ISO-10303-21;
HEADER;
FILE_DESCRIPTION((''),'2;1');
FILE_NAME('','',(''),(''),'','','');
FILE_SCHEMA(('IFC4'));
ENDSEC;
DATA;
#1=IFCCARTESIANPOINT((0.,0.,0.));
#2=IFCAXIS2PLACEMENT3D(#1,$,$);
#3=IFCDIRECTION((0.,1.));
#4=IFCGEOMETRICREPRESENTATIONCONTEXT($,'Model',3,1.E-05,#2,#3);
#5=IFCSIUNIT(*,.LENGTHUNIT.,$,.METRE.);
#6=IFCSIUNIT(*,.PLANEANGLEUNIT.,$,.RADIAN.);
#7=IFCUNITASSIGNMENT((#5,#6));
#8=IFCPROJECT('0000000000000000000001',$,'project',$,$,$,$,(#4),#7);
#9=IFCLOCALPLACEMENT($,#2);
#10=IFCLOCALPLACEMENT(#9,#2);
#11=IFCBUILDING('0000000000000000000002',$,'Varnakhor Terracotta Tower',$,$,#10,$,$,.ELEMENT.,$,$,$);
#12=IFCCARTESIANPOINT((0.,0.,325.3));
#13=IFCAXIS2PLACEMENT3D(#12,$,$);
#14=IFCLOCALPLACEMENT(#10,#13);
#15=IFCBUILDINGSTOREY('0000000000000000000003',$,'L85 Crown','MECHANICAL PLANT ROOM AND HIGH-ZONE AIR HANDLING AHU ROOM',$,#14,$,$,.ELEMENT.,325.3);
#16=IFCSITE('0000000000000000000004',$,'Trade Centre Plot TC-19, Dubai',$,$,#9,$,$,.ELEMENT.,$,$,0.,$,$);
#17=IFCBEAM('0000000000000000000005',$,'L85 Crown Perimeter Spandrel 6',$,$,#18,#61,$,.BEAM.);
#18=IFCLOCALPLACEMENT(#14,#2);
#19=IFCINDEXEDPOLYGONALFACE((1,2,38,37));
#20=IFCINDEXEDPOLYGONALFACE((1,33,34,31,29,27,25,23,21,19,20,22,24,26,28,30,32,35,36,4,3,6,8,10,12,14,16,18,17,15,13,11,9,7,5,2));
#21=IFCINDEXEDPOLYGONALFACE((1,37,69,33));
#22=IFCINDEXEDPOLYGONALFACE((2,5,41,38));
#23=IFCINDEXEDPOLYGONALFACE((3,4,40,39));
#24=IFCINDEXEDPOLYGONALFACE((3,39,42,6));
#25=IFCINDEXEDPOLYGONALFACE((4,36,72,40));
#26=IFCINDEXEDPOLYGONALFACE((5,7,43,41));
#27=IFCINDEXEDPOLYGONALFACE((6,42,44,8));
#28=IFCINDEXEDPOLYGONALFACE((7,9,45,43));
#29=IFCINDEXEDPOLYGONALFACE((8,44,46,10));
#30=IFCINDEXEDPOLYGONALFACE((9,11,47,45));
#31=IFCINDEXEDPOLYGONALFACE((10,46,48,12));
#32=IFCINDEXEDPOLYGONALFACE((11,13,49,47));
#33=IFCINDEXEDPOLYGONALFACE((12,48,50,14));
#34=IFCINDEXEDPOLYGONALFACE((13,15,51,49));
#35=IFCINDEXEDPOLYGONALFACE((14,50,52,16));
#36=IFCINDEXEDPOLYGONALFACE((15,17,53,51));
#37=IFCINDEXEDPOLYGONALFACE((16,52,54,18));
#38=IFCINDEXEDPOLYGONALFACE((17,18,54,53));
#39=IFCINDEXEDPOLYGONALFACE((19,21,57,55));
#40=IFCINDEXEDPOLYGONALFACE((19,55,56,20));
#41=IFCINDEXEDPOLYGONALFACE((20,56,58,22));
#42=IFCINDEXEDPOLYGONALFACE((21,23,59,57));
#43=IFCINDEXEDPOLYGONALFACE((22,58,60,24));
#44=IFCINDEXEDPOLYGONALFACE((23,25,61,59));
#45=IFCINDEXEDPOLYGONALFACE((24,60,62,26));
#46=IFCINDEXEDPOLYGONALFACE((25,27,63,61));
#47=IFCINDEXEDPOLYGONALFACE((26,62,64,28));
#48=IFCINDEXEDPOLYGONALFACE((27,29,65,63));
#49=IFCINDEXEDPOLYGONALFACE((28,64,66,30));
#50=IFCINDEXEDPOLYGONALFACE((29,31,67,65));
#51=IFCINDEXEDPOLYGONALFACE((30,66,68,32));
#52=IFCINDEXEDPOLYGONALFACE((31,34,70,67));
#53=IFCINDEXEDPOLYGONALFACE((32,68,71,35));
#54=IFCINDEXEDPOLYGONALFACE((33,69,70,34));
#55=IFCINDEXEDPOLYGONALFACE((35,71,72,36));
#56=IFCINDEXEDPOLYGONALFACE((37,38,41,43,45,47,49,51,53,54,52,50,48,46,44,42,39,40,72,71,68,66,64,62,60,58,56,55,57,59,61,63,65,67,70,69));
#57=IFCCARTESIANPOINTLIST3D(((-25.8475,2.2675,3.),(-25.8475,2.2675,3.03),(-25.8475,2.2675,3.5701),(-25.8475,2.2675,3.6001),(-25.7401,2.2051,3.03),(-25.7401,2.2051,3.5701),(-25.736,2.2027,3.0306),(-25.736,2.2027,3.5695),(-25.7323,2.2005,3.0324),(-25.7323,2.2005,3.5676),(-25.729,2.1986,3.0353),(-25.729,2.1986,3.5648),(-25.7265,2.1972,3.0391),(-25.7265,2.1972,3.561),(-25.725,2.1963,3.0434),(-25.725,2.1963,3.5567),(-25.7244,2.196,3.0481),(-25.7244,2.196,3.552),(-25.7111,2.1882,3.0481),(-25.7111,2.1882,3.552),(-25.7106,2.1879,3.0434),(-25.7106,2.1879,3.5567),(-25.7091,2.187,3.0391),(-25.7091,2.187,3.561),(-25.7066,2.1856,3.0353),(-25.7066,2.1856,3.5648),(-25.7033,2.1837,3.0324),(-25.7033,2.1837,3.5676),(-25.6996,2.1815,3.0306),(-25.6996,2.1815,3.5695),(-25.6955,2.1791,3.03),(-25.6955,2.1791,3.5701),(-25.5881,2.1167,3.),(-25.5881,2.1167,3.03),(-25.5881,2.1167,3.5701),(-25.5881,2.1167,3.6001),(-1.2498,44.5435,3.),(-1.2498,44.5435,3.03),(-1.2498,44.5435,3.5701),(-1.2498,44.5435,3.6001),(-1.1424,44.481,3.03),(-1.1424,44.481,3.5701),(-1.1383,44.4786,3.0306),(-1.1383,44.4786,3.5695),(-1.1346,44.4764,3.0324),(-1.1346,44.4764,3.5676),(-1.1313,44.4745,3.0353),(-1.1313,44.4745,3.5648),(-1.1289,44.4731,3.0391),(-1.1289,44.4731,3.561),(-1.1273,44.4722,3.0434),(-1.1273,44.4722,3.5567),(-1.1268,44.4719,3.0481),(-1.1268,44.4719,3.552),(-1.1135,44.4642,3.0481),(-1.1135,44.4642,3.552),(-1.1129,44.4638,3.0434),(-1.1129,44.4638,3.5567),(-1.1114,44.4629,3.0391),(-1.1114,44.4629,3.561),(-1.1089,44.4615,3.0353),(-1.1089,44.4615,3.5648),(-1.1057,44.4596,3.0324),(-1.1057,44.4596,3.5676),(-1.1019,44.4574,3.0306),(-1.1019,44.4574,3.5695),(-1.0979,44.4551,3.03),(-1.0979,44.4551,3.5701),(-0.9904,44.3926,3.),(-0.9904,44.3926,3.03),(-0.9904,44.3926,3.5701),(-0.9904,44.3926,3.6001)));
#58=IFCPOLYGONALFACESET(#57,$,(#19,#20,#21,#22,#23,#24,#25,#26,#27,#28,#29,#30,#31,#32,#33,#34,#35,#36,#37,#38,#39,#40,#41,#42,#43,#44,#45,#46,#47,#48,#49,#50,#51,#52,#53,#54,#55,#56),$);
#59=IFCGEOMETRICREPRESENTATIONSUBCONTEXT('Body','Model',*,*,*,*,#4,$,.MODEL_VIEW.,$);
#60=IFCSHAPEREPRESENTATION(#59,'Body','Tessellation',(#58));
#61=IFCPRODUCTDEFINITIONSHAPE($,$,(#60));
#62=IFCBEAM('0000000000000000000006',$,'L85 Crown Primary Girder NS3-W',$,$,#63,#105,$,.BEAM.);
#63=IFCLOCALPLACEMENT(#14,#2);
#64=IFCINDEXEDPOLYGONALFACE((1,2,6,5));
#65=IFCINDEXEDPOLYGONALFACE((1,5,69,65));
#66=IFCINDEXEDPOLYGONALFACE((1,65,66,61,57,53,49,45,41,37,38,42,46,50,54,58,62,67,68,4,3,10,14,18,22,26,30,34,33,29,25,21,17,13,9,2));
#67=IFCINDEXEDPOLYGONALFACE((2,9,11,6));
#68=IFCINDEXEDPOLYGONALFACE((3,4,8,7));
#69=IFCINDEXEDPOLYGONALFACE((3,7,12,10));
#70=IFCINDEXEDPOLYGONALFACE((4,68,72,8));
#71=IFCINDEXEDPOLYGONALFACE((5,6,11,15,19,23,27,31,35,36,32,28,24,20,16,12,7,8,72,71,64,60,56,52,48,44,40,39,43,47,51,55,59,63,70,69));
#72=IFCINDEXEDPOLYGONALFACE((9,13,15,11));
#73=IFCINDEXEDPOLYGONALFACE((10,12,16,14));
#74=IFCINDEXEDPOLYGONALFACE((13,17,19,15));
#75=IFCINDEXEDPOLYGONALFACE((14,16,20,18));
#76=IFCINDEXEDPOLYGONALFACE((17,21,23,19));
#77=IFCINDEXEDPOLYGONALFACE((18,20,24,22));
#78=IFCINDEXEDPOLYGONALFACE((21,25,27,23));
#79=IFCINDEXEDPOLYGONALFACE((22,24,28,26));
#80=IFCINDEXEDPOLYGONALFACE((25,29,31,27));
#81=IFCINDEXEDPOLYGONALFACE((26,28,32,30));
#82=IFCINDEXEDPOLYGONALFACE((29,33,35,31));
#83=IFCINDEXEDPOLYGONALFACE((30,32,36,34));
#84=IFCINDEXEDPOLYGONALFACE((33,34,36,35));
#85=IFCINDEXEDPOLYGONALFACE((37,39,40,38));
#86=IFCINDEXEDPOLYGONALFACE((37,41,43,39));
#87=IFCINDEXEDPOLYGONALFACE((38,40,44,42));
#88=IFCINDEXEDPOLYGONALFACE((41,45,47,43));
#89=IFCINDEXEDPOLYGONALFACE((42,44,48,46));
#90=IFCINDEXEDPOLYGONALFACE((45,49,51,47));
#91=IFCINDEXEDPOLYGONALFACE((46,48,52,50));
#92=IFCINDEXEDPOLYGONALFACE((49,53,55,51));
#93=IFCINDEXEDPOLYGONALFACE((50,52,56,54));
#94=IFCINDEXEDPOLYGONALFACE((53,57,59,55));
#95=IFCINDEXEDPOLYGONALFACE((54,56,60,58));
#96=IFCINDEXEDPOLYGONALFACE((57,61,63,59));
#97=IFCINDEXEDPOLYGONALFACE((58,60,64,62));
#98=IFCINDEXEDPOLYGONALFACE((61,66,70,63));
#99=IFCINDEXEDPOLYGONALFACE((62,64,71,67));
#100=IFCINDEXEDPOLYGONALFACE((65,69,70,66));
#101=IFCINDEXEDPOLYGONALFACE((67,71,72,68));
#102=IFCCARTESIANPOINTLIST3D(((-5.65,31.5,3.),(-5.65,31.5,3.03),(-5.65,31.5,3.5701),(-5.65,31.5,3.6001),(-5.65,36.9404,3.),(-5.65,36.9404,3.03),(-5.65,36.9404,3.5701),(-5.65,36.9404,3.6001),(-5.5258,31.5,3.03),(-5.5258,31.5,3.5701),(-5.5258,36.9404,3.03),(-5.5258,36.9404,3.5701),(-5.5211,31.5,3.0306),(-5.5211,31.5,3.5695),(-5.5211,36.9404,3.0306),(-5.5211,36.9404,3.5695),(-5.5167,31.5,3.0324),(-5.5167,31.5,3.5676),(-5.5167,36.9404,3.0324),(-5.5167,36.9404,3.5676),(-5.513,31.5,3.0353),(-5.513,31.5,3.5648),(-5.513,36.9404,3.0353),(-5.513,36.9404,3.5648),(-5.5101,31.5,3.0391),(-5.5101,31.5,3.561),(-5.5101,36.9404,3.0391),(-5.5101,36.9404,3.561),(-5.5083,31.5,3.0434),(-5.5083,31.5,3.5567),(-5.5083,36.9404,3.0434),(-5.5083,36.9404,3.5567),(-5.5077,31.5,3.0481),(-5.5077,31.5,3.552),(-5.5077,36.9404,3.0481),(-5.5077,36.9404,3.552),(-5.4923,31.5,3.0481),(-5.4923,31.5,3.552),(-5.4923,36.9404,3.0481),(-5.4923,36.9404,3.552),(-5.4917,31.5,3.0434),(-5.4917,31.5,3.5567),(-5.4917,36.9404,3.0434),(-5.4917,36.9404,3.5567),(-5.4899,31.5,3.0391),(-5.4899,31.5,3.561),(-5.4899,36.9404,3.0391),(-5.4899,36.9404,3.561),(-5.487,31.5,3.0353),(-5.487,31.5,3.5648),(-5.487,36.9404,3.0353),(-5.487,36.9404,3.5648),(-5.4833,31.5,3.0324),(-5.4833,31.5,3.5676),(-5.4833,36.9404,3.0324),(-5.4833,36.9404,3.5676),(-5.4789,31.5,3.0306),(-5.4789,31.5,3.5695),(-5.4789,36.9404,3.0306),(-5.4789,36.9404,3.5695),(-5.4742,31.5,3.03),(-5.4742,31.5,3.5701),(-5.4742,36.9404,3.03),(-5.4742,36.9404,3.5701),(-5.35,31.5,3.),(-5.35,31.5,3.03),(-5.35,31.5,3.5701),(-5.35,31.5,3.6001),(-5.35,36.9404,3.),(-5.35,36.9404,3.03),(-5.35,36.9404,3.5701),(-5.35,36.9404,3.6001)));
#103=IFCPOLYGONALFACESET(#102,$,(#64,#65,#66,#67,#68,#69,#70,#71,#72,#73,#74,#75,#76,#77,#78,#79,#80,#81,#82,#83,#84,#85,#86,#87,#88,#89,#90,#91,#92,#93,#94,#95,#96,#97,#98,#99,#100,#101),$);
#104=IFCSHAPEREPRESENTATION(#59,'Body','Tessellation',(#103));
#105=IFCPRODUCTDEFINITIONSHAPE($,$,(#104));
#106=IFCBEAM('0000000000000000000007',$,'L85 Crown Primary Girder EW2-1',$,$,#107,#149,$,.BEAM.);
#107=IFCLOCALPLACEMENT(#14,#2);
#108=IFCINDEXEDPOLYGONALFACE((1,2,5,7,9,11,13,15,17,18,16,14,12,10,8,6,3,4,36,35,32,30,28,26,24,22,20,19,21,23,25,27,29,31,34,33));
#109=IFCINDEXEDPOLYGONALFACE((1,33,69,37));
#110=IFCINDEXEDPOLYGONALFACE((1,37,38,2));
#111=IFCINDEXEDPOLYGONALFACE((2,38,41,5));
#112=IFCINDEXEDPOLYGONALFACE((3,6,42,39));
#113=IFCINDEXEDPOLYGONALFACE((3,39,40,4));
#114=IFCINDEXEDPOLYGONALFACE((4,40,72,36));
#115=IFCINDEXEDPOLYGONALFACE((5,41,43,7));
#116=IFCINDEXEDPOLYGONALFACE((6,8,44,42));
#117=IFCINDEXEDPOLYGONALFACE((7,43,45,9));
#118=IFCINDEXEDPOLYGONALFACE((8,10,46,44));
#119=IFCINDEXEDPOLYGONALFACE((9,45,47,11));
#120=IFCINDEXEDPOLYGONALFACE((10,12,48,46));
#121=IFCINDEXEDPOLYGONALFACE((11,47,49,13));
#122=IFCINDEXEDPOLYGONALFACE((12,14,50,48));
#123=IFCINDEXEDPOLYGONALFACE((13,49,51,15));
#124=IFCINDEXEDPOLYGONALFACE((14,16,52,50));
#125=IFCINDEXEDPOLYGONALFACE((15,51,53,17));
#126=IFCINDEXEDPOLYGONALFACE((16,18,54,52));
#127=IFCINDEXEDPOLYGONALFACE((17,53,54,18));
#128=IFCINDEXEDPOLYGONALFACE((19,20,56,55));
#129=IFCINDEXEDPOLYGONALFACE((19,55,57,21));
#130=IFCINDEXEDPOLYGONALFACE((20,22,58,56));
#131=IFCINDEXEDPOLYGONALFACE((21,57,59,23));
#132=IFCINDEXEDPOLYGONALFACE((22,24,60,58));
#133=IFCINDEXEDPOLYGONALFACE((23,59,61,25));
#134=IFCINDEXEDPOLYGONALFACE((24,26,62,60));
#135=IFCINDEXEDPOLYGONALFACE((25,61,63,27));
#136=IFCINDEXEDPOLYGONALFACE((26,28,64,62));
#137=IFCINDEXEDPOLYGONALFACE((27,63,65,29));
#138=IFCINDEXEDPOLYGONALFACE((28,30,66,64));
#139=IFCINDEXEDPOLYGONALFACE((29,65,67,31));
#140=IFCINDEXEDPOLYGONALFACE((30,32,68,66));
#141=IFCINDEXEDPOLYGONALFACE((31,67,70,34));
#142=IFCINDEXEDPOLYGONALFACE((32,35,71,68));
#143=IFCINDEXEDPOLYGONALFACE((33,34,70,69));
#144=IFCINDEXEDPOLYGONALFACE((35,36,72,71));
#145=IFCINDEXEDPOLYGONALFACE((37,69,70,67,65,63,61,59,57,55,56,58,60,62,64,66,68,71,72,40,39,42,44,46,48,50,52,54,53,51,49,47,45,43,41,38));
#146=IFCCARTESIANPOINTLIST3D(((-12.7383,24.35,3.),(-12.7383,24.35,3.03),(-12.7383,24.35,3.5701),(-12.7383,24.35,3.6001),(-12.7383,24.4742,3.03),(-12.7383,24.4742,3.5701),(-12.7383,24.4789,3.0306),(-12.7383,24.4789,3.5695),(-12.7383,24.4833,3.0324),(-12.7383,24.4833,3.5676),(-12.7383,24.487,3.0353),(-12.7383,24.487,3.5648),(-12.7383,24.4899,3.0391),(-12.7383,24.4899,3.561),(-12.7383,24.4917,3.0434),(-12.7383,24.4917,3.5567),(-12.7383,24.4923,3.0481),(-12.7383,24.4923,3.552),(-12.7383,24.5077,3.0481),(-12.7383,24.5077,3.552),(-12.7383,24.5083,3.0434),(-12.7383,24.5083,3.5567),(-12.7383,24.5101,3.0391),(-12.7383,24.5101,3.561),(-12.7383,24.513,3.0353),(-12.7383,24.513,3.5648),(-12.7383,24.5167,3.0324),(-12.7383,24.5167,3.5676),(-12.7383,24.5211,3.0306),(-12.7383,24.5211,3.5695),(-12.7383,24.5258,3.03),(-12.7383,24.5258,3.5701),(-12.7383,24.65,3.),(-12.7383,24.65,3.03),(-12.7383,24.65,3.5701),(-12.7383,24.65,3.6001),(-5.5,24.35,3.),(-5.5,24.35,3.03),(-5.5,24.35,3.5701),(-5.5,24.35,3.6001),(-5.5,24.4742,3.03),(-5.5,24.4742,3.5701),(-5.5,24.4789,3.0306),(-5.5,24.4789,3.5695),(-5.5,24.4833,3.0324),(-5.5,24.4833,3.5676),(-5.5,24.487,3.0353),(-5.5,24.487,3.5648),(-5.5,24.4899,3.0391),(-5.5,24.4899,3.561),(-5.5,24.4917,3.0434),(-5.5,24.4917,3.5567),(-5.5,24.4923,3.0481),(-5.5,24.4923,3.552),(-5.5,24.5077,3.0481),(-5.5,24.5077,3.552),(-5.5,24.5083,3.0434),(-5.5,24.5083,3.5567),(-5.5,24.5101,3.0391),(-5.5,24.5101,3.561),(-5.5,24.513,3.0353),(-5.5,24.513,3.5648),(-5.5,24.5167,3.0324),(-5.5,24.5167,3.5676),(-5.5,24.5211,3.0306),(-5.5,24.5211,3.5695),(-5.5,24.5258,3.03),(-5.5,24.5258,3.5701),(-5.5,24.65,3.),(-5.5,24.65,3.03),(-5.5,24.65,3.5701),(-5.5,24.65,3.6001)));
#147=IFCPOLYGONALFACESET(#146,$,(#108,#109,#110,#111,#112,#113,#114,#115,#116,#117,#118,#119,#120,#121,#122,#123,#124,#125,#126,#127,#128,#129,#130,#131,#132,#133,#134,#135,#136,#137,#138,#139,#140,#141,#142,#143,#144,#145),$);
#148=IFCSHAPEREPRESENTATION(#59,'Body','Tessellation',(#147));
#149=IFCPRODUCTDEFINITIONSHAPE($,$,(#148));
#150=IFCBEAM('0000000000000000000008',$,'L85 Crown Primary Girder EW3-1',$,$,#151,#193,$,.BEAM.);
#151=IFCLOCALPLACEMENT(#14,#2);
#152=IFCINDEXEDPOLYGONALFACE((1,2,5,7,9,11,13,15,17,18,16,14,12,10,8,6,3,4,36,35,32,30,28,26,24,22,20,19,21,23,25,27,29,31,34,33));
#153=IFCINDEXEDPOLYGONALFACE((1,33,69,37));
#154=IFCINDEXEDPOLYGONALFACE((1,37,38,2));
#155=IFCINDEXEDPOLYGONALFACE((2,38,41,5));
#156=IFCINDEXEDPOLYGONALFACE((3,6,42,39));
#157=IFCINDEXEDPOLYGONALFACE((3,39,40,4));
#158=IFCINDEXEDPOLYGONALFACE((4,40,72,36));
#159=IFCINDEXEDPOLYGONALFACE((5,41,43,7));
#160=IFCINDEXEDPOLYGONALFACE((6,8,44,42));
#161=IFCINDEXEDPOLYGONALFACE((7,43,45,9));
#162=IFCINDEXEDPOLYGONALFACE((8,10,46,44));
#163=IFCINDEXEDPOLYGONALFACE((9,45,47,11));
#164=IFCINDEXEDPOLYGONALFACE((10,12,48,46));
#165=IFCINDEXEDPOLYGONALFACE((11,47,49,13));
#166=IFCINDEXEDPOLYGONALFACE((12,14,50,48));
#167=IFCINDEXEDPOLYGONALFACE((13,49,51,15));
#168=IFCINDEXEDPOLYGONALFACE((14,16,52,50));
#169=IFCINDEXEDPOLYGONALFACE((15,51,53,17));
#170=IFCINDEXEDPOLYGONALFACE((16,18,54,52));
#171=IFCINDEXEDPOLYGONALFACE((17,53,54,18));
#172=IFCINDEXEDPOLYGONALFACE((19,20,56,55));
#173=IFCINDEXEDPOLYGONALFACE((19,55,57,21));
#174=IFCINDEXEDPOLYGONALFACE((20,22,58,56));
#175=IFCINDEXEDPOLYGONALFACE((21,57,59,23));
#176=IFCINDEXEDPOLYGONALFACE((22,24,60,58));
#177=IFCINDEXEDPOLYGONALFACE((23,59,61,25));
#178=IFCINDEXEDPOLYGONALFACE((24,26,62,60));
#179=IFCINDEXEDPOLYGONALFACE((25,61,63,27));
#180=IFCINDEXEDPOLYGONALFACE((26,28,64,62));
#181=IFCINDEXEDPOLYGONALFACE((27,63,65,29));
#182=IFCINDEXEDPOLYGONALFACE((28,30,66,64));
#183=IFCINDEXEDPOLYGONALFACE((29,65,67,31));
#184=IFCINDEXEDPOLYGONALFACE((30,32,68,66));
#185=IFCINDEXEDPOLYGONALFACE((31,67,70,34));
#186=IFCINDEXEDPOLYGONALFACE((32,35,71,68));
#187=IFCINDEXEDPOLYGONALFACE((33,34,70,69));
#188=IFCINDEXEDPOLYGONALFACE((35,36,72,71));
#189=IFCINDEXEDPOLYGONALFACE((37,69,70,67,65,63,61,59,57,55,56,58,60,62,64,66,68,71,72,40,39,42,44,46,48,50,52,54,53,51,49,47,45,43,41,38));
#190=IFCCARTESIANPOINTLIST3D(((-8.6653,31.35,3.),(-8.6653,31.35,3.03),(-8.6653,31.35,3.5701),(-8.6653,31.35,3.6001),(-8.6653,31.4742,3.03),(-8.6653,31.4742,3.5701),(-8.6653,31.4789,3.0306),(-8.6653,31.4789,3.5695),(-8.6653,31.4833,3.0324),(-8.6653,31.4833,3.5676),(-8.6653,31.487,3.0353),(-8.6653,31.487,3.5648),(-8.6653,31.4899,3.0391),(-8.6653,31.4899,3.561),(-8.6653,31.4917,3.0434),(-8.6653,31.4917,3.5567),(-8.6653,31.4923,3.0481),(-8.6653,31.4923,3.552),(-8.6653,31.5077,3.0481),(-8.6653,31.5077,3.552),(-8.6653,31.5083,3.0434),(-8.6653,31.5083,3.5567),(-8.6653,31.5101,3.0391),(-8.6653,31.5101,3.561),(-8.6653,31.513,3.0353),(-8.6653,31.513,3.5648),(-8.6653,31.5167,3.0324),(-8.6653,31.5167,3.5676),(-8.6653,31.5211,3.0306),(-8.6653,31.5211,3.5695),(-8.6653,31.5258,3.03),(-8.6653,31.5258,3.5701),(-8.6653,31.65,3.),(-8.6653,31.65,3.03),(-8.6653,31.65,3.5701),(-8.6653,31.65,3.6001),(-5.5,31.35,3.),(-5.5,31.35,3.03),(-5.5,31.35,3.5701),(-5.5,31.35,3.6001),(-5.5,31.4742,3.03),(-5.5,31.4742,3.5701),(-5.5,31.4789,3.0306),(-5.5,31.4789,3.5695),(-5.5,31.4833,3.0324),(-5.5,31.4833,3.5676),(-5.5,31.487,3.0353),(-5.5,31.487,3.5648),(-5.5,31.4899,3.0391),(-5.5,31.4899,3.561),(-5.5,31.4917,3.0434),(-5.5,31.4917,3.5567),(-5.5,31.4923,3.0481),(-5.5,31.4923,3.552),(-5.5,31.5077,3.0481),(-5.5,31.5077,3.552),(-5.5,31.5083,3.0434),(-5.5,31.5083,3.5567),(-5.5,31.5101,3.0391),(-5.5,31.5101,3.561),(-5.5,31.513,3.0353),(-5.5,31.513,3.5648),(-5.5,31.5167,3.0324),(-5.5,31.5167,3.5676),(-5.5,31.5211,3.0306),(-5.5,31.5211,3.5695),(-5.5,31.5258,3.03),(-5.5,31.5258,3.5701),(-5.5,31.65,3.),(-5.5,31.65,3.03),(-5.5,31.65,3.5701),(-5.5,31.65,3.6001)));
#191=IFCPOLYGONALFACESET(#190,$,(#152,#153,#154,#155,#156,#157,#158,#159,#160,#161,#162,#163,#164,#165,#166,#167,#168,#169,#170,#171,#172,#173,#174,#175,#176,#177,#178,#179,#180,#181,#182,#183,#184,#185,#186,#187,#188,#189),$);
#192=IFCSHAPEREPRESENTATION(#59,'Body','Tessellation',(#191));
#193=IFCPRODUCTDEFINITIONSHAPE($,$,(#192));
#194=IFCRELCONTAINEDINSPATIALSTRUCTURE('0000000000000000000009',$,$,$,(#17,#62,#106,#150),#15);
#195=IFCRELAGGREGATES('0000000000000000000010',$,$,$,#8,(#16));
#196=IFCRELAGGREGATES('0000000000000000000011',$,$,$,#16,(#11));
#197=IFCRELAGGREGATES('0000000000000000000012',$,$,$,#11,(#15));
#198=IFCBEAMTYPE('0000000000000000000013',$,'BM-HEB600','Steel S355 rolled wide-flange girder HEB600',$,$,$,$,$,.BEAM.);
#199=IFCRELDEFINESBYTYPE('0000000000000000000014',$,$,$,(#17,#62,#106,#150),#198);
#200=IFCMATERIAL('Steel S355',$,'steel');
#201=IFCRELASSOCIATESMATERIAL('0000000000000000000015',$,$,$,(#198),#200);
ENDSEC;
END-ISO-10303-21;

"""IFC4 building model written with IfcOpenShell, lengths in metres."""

from ifc_helpers import new_model, si_unit, direction, frame, origin, origin_2d, place, context, subcontext, project, spatial, i_section, extrude, source, transform, mapped, material, material_profile, profile_set, type_object, element, save


model = new_model("IFC4")

# Units and contexts
model_context = context("Model", 3, precision=1e-05, world=origin(), true_north=direction((0.0, 1.0)))
body_context = subcontext(model_context, "Body", "Model", "MODEL_VIEW")
ifc_project = project(units=[si_unit("LENGTHUNIT", "METRE"), si_unit("PLANEANGLEUNIT", "RADIAN")], contexts=[model_context])

# Site, building, storey
site_placement = place(None, origin())
site = spatial("IfcSite", under=ifc_project, at=site_placement, Name="Trade Centre Plot TC-19, Dubai", CompositionType="ELEMENT", RefElevation=0.0)
building_placement = place(site_placement, origin())
building = spatial("IfcBuilding", under=site, at=building_placement, Name="Varnakhor Terracotta Tower", CompositionType="ELEMENT")
storey_placement = place(building_placement, frame((0.0, 0.0, 325.3)))
storey = spatial("IfcBuildingStorey", under=building, at=storey_placement, Name="L85 Crown", Description="MECHANICAL PLANT ROOM AND HIGH-ZONE AIR HANDLING AHU ROOM", CompositionType="ELEMENT", Elevation=325.3)

# Shared definitions
ifc_material_1 = material(Name="Steel S355", Category="steel")

# Beams
ifc_material_profile_1 = material_profile(ifc_material_1, i_section(OverallWidth=0.3, OverallDepth=0.6001, WebThickness=0.0154, FlangeThickness=0.03, FilletRadius=0.0181, at=origin_2d()), Name="HEB600")
ifc_profile_set_1 = profile_set([ifc_material_profile_1], Name="Steel S355")
beam_type = type_object("IfcBeamType", Name="BM-HEB600", Description="Steel S355 rolled wide-flange girder HEB600", PredefinedType="BEAM", material=ifc_profile_set_1)
shared_shape_1 = source(origin(), body_context, "Body", "SweptSolid", [
    extrude(i_section(OverallWidth=0.3, OverallDepth=0.6001, WebThickness=0.0154, FlangeThickness=0.03, FilletRadius=0.0181, at=origin_2d()), origin(), (0.0, 0.0, 1.0), 48.9111),
])
beam_1_placement = place(storey_placement, frame((-1.1201, 44.468, 3.3), z_axis=(-0.502906, -0.864341, 0.0), x_axis=(0.864341, -0.502906, 0.0)))
element("IfcBeam", 1, at=beam_1_placement, inside=storey, type_object=beam_type, Name="L85 Crown Perimeter Spandrel 6", PredefinedType="BEAM", context=body_context, shape_type="MappedRepresentation", body=[
    mapped(shared_shape_1, transform((0.0, 0.0, 0.0), scale=1.0)),
])
shared_shape_2 = source(origin(), body_context, "Body", "SweptSolid", [
    extrude(i_section(OverallWidth=0.3, OverallDepth=0.6001, WebThickness=0.0154, FlangeThickness=0.03, FilletRadius=0.0181, at=origin_2d()), origin(), (0.0, 0.0, 1.0), 5.4404),
])
beam_2_placement = place(storey_placement, frame((-5.5, 31.5, 3.3), z_axis=(0.0, 1.0, 0.0), x_axis=(-1.0, 0.0, 0.0)))
element("IfcBeam", 2, at=beam_2_placement, inside=storey, type_object=beam_type, Name="L85 Crown Primary Girder NS3-W", PredefinedType="BEAM", context=body_context, shape_type="MappedRepresentation", body=[
    mapped(shared_shape_2, transform((0.0, 0.0, 0.0), scale=1.0)),
])
shared_shape_3 = source(origin(), body_context, "Body", "SweptSolid", [
    extrude(i_section(OverallWidth=0.3, OverallDepth=0.6001, WebThickness=0.0154, FlangeThickness=0.03, FilletRadius=0.0181, at=origin_2d()), origin(), (0.0, 0.0, 1.0), 7.2383),
])
beam_3_placement = place(storey_placement, frame((-12.7383, 24.5, 3.3), z_axis=(1.0, 0.0, 0.0), x_axis=(0.0, 1.0, 0.0)))
element("IfcBeam", 3, at=beam_3_placement, inside=storey, type_object=beam_type, Name="L85 Crown Primary Girder EW2-1", PredefinedType="BEAM", context=body_context, shape_type="MappedRepresentation", body=[
    mapped(shared_shape_3, transform((0.0, 0.0, 0.0), scale=1.0)),
])
shared_shape_4 = source(origin(), body_context, "Body", "SweptSolid", [
    extrude(i_section(OverallWidth=0.3, OverallDepth=0.6001, WebThickness=0.0154, FlangeThickness=0.03, FilletRadius=0.0181, at=origin_2d()), origin(), (0.0, 0.0, 1.0), 3.1653),
])
beam_4_placement = place(storey_placement, frame((-8.6653, 31.5, 3.3), z_axis=(1.0, 0.0, 0.0), x_axis=(0.0, 1.0, 0.0)))
element("IfcBeam", 4, at=beam_4_placement, inside=storey, type_object=beam_type, Name="L85 Crown Primary Girder EW3-1", PredefinedType="BEAM", context=body_context, shape_type="MappedRepresentation", body=[
    mapped(shared_shape_4, transform((0.0, 0.0, 0.0), scale=1.0)),
])

save(model, "model.ifc")
